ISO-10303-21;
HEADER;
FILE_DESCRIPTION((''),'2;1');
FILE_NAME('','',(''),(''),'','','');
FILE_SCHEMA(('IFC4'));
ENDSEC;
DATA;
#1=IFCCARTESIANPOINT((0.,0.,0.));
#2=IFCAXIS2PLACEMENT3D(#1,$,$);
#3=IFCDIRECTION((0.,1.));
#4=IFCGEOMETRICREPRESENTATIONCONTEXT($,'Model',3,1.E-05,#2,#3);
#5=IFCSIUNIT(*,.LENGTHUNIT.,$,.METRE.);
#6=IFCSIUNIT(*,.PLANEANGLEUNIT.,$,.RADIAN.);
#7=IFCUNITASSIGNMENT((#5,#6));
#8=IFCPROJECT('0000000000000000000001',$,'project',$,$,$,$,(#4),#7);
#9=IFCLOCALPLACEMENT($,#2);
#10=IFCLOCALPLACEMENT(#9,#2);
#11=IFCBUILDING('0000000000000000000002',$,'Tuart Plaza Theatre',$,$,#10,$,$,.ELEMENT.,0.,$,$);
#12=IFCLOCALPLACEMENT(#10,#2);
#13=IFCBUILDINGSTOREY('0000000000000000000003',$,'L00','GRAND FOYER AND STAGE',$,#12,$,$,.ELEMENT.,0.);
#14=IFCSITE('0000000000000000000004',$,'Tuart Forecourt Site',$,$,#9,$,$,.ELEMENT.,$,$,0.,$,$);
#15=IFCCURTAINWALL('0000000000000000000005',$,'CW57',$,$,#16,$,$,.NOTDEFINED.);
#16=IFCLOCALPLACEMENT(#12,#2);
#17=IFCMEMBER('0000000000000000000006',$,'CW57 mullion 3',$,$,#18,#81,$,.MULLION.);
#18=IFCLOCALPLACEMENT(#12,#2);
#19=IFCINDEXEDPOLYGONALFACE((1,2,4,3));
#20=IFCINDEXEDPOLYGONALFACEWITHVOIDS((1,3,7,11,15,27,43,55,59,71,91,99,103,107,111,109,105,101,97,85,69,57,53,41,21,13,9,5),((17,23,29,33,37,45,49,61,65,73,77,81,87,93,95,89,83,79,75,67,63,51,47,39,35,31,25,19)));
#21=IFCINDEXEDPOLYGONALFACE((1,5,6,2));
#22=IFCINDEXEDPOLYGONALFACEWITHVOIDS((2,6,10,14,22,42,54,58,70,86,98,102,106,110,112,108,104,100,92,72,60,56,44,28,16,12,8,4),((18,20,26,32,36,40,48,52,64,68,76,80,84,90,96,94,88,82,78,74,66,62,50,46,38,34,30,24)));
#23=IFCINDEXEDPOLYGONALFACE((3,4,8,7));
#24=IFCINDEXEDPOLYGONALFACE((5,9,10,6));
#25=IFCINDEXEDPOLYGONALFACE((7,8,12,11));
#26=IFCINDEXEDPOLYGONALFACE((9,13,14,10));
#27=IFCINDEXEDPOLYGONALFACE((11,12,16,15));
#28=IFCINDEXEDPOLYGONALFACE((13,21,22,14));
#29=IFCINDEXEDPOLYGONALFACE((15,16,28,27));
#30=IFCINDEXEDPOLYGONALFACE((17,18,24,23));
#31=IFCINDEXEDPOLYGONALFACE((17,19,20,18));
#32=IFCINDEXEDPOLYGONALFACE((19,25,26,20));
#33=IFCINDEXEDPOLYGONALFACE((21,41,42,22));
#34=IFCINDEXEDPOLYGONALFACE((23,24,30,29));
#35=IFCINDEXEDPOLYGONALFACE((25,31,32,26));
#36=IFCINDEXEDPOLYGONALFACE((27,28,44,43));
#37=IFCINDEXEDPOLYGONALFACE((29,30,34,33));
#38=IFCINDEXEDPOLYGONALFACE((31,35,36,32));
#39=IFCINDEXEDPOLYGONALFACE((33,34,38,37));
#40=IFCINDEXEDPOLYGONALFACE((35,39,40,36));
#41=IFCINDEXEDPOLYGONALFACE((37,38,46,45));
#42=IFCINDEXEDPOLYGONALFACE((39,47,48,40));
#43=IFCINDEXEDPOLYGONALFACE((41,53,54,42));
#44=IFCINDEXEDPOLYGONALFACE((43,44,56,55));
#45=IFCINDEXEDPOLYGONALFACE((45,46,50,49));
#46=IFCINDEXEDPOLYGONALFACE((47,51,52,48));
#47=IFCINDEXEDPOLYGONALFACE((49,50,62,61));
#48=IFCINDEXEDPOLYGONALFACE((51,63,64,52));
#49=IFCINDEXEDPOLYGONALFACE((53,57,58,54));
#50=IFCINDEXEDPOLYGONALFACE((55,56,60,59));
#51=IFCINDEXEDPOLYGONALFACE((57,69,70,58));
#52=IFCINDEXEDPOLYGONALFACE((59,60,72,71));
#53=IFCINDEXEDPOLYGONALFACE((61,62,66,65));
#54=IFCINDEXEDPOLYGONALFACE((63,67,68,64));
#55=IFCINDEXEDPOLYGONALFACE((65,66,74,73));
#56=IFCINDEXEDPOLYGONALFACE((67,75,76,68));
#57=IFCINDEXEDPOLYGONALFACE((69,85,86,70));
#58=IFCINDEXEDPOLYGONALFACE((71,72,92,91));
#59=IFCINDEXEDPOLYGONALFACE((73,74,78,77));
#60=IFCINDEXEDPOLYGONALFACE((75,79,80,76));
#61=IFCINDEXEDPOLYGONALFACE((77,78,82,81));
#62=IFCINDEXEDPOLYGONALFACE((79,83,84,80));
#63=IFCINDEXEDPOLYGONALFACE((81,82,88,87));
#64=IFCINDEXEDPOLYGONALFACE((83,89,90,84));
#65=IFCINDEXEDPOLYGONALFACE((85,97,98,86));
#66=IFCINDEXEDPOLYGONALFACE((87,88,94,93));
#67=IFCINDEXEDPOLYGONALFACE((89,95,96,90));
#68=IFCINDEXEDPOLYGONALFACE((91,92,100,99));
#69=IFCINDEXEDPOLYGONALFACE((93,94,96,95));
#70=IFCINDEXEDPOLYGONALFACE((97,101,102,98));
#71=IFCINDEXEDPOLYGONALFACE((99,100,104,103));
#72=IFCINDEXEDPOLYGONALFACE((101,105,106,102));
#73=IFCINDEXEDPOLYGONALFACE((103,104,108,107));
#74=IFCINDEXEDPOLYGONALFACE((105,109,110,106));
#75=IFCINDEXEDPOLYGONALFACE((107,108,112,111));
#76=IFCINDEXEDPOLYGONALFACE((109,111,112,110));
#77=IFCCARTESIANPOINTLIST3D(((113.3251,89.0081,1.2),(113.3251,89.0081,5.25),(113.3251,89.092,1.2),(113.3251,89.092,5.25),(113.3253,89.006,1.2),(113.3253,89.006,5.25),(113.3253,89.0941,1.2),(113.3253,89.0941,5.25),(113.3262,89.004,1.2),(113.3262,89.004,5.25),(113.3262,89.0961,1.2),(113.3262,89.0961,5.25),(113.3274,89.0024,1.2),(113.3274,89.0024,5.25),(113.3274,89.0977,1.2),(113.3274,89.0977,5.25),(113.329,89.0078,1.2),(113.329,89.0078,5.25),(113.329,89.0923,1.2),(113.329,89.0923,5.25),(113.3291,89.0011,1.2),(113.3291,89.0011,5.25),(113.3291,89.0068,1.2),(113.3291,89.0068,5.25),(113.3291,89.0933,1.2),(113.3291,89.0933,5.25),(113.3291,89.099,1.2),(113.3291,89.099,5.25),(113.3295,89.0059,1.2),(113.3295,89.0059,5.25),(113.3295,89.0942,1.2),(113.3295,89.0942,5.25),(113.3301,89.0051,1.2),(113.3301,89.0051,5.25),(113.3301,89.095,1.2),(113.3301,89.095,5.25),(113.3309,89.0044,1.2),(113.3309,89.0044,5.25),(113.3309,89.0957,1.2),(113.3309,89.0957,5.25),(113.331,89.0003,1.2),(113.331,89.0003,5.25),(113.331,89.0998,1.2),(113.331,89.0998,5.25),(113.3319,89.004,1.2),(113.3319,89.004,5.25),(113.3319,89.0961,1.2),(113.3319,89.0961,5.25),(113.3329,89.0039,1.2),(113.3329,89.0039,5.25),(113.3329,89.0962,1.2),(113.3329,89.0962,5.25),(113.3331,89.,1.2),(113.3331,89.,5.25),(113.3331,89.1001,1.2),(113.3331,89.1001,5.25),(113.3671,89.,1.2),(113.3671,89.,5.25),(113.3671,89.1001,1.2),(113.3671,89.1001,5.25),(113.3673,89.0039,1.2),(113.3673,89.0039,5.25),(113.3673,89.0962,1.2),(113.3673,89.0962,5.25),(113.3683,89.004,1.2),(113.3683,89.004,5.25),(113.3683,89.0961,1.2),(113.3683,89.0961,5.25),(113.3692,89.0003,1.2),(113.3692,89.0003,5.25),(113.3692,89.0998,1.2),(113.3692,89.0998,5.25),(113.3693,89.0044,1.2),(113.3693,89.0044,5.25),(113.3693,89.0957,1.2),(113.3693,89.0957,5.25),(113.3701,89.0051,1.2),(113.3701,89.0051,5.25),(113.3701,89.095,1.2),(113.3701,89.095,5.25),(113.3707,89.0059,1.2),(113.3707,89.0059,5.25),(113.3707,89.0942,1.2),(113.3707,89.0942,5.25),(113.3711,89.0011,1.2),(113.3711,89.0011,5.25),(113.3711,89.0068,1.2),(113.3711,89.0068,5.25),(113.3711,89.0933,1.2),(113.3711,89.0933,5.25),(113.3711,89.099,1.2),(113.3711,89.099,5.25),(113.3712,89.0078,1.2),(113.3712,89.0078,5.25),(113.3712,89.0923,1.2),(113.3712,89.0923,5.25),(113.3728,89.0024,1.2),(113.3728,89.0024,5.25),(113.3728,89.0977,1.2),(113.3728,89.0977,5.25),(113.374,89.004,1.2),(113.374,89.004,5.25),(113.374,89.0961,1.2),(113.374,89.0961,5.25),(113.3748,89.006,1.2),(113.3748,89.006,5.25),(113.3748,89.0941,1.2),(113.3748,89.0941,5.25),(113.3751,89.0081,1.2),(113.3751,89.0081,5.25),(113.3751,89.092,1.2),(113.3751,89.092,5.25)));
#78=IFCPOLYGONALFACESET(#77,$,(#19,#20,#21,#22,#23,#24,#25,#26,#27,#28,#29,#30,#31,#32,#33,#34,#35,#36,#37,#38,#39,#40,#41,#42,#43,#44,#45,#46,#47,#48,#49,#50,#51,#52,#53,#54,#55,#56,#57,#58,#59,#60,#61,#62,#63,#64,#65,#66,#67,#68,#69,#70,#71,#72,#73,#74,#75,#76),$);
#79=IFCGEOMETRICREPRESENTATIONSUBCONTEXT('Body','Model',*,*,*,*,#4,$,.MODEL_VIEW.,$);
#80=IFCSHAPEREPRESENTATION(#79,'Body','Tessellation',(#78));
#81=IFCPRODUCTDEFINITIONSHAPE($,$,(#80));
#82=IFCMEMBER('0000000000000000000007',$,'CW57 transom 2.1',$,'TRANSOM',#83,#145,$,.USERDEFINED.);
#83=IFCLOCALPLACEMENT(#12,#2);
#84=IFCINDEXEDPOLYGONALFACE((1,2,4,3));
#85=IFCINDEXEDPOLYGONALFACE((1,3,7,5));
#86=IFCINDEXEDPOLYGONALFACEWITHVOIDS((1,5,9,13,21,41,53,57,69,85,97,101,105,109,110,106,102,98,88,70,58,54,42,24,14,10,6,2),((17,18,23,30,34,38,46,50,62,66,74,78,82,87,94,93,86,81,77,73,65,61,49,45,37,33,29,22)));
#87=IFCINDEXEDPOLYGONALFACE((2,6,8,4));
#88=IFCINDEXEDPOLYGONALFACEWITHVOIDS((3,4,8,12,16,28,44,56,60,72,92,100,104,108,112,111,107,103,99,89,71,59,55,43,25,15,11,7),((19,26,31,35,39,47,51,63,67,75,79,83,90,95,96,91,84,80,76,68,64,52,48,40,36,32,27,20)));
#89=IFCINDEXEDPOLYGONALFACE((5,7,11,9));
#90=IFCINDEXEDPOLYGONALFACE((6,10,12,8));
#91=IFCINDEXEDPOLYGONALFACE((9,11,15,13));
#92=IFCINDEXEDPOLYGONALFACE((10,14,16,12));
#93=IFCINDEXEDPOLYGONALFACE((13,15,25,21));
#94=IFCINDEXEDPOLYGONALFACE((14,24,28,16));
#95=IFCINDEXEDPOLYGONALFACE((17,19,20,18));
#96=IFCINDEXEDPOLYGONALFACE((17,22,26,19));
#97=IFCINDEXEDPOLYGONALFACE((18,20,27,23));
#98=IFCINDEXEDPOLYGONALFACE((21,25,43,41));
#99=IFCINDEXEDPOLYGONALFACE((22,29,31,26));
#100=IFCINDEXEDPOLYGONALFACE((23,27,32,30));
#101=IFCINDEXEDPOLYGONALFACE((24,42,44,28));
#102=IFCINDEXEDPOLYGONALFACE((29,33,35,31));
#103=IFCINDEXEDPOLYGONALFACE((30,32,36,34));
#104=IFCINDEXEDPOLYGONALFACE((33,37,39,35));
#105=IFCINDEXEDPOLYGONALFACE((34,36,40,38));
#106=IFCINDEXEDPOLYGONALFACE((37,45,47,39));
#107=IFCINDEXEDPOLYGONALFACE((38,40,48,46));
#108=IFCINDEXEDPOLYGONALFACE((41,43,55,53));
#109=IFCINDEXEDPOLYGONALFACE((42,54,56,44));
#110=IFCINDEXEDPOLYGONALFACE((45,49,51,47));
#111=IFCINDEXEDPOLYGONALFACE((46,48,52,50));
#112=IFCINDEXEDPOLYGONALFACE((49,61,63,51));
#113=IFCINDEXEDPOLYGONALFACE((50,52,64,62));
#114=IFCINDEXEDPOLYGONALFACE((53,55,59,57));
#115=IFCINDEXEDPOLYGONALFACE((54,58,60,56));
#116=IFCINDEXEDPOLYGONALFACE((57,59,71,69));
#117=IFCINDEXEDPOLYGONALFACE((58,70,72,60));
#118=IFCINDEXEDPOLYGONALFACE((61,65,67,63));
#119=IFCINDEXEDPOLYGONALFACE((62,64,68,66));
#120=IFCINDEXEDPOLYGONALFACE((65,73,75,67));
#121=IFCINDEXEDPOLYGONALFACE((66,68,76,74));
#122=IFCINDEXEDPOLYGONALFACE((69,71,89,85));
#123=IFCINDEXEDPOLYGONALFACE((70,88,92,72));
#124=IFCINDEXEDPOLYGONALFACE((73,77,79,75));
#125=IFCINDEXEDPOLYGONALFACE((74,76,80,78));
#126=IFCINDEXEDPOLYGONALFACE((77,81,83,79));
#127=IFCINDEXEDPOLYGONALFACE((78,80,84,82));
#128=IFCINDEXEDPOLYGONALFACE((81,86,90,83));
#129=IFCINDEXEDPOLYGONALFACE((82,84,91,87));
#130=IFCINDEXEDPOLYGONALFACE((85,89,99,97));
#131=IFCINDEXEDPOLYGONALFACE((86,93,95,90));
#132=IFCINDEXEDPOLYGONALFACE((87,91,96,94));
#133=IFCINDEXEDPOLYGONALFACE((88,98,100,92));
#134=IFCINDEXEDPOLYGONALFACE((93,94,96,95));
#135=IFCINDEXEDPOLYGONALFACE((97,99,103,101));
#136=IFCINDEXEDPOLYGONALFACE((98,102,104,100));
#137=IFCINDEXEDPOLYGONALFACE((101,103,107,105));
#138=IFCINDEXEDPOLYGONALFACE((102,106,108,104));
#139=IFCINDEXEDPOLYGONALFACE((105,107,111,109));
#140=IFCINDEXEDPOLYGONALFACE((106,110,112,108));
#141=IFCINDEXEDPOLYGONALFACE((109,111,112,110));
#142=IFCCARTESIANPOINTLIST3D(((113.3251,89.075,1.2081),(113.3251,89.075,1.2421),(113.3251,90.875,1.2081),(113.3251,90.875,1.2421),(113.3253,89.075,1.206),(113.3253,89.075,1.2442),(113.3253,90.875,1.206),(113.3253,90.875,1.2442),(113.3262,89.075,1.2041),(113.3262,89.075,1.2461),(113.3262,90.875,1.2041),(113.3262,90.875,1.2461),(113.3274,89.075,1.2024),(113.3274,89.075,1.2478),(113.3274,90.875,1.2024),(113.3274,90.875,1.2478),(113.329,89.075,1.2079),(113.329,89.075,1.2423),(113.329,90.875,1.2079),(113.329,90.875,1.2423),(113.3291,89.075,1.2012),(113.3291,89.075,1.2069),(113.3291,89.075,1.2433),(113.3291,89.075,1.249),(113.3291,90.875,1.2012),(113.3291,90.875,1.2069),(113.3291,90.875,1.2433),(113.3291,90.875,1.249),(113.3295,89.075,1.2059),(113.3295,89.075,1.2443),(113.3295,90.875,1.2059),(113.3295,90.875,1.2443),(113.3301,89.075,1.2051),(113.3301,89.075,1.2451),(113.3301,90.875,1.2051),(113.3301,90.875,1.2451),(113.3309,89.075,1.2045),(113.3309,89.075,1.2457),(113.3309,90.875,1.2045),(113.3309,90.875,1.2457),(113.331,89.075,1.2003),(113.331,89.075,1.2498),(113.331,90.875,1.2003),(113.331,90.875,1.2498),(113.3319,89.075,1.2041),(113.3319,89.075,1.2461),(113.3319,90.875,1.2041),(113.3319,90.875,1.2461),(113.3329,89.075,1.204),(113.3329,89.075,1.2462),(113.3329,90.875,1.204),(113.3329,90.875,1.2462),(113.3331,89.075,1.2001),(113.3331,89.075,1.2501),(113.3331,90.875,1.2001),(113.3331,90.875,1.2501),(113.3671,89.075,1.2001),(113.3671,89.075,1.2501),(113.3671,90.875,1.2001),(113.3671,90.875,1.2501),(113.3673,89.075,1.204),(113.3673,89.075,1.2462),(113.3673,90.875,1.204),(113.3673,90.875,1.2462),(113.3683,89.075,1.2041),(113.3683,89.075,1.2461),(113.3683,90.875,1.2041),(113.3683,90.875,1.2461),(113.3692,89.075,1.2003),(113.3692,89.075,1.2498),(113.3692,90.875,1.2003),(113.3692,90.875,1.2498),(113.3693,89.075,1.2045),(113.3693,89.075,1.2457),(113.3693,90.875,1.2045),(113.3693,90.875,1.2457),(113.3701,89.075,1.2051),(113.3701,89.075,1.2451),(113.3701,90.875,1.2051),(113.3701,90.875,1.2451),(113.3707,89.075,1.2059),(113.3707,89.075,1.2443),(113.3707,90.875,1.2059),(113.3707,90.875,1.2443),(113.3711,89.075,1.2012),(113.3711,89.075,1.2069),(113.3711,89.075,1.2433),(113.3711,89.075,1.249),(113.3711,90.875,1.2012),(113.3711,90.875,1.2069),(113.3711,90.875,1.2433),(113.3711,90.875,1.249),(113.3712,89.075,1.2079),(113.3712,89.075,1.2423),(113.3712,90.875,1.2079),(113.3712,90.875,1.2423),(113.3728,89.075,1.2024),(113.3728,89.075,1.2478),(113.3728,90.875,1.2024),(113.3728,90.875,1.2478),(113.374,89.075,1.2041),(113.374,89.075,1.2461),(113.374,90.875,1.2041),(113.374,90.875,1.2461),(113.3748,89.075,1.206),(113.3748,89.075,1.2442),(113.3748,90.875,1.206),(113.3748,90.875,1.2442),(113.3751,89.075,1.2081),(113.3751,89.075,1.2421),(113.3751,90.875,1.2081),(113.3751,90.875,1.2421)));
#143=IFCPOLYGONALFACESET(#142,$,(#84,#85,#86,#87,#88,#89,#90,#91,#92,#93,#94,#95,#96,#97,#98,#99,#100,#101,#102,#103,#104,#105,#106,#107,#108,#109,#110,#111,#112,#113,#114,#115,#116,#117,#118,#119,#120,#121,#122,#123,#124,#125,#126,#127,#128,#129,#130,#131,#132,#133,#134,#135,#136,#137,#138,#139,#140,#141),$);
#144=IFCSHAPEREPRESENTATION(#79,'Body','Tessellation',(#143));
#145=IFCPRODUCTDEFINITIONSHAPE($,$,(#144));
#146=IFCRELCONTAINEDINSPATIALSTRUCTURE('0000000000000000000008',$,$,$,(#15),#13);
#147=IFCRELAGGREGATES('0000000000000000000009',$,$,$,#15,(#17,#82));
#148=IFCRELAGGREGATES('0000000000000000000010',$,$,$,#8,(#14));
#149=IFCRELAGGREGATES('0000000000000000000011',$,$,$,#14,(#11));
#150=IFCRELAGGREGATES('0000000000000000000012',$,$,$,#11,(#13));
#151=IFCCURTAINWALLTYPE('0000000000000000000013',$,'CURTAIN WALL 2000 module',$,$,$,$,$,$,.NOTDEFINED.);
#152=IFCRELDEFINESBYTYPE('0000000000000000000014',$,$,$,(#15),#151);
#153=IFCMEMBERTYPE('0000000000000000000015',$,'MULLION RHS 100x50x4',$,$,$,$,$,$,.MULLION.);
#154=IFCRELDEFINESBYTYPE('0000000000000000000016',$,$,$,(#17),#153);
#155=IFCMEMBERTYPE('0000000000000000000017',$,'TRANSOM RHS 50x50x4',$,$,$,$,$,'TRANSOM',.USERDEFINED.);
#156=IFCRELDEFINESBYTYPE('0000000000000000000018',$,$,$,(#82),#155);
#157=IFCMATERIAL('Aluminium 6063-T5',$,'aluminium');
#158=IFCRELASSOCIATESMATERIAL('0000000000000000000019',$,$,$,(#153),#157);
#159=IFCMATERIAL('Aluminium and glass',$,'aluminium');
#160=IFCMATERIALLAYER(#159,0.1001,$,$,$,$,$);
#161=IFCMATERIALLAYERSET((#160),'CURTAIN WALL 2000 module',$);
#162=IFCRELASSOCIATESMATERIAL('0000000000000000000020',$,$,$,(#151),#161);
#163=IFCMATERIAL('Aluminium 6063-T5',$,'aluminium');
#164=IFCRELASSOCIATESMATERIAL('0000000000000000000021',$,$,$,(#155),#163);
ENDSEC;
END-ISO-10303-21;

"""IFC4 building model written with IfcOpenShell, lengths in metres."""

from ifc_helpers import new_model, si_unit, direction, frame, origin, origin_2d, place, context, subcontext, project, spatial, hollow_rectangle, extrude, material, layer, layer_set, material_profile, profile_set, type_object, element, aggregate, save


model = new_model("IFC4")

# Units and contexts
model_context = context("Model", 3, precision=1e-05, world=origin(), true_north=direction((0.0, 1.0)))
body_context = subcontext(model_context, "Body", "Model", "MODEL_VIEW")
ifc_project = project(units=[si_unit("LENGTHUNIT", "METRE"), si_unit("PLANEANGLEUNIT", "RADIAN")], contexts=[model_context])

# Site, building, storey
site_placement = place(None, origin())
site = spatial("IfcSite", under=ifc_project, at=site_placement, Name="Tuart Forecourt Site", CompositionType="ELEMENT", RefElevation=0.0)
building_placement = place(site_placement, origin())
building = spatial("IfcBuilding", under=site, at=building_placement, Name="Tuart Plaza Theatre", CompositionType="ELEMENT", ElevationOfRefHeight=0.0)
storey_placement = place(building_placement, origin())
storey = spatial("IfcBuildingStorey", under=building, at=storey_placement, Name="L00", Description="GRAND FOYER AND STAGE", CompositionType="ELEMENT", Elevation=0.0)

# Shared definitions
ifc_material_1 = material(Name="Aluminium 6063-T5", Category="aluminium")
ifc_material_profile_1 = material_profile(ifc_material_1, hollow_rectangle(XDim=0.05, YDim=0.1001, WallThickness=0.0039, InnerFilletRadius=0.0039, OuterFilletRadius=0.0081, at=origin_2d()), Name="RHS 100x50x4")
ifc_profile_set_1 = profile_set([ifc_material_profile_1], Name="Aluminium 6063-T5")
member_type_1 = type_object("IfcMemberType", Name="MULLION RHS 100x50x4", PredefinedType="MULLION", material=ifc_profile_set_1)

# Curtain wall, members
ifc_material_2 = material(Name="Aluminium and glass", Category="aluminium")
ifc_layer_1 = layer(ifc_material_2, 0.1001)
ifc_layer_set_1 = layer_set([ifc_layer_1], Name="CURTAIN WALL 2000 module")
curtain_wall_type_1 = type_object("IfcCurtainWallType", Name="CURTAIN WALL 2000 module", PredefinedType="NOTDEFINED", material=ifc_layer_set_1)
curtain_wall_1_placement = place(storey_placement, origin())
curtain_wall_1 = element("IfcCurtainWall", 1, at=curtain_wall_1_placement, inside=storey, type_object=curtain_wall_type_1, Name="CW57", PredefinedType="NOTDEFINED")
member_1_placement = place(storey_placement, frame((113.3501, 89.05, 1.2), z_axis=(0.0, 0.0, 1.0), x_axis=(1.0, 0.0, 0.0)))
member_1 = element("IfcMember", 2, at=member_1_placement, type_object=member_type_1, Name="CW57 mullion 3", PredefinedType="MULLION", context=body_context, shape_type="SweptSolid", body=[
    extrude(hollow_rectangle(XDim=0.05, YDim=0.1001, WallThickness=0.0039, InnerFilletRadius=0.0039, OuterFilletRadius=0.0081, at=origin_2d()), origin(), (0.0, 0.0, 1.0), 4.05),
])
ifc_material_3 = material(Name="Aluminium 6063-T5", Category="aluminium")
ifc_material_profile_2 = material_profile(ifc_material_3, hollow_rectangle(XDim=0.05, YDim=0.05, WallThickness=0.0039, InnerFilletRadius=0.0039, OuterFilletRadius=0.0081, at=origin_2d()), Name="RHS 50x50x4")
ifc_profile_set_2 = profile_set([ifc_material_profile_2], Name="Aluminium 6063-T5")
member_type_2 = type_object("IfcMemberType", Name="TRANSOM RHS 50x50x4", ElementType="TRANSOM", PredefinedType="USERDEFINED", material=ifc_profile_set_2)
member_2_placement = place(storey_placement, frame((113.3501, 90.875, 1.2251), z_axis=(0.0, -1.0, 0.0), x_axis=(1.0, 0.0, 0.0)))
member_2 = element("IfcMember", 3, at=member_2_placement, type_object=member_type_2, Name="CW57 transom 2.1", ObjectType="TRANSOM", PredefinedType="USERDEFINED", context=body_context, shape_type="SweptSolid", body=[
    extrude(hollow_rectangle(XDim=0.05, YDim=0.05, WallThickness=0.0039, InnerFilletRadius=0.0039, OuterFilletRadius=0.0081, at=origin_2d()), origin(), (0.0, 0.0, 1.0), 1.8),
])
aggregate(curtain_wall_1, [member_1, member_2])

save(model, "model.ifc")
